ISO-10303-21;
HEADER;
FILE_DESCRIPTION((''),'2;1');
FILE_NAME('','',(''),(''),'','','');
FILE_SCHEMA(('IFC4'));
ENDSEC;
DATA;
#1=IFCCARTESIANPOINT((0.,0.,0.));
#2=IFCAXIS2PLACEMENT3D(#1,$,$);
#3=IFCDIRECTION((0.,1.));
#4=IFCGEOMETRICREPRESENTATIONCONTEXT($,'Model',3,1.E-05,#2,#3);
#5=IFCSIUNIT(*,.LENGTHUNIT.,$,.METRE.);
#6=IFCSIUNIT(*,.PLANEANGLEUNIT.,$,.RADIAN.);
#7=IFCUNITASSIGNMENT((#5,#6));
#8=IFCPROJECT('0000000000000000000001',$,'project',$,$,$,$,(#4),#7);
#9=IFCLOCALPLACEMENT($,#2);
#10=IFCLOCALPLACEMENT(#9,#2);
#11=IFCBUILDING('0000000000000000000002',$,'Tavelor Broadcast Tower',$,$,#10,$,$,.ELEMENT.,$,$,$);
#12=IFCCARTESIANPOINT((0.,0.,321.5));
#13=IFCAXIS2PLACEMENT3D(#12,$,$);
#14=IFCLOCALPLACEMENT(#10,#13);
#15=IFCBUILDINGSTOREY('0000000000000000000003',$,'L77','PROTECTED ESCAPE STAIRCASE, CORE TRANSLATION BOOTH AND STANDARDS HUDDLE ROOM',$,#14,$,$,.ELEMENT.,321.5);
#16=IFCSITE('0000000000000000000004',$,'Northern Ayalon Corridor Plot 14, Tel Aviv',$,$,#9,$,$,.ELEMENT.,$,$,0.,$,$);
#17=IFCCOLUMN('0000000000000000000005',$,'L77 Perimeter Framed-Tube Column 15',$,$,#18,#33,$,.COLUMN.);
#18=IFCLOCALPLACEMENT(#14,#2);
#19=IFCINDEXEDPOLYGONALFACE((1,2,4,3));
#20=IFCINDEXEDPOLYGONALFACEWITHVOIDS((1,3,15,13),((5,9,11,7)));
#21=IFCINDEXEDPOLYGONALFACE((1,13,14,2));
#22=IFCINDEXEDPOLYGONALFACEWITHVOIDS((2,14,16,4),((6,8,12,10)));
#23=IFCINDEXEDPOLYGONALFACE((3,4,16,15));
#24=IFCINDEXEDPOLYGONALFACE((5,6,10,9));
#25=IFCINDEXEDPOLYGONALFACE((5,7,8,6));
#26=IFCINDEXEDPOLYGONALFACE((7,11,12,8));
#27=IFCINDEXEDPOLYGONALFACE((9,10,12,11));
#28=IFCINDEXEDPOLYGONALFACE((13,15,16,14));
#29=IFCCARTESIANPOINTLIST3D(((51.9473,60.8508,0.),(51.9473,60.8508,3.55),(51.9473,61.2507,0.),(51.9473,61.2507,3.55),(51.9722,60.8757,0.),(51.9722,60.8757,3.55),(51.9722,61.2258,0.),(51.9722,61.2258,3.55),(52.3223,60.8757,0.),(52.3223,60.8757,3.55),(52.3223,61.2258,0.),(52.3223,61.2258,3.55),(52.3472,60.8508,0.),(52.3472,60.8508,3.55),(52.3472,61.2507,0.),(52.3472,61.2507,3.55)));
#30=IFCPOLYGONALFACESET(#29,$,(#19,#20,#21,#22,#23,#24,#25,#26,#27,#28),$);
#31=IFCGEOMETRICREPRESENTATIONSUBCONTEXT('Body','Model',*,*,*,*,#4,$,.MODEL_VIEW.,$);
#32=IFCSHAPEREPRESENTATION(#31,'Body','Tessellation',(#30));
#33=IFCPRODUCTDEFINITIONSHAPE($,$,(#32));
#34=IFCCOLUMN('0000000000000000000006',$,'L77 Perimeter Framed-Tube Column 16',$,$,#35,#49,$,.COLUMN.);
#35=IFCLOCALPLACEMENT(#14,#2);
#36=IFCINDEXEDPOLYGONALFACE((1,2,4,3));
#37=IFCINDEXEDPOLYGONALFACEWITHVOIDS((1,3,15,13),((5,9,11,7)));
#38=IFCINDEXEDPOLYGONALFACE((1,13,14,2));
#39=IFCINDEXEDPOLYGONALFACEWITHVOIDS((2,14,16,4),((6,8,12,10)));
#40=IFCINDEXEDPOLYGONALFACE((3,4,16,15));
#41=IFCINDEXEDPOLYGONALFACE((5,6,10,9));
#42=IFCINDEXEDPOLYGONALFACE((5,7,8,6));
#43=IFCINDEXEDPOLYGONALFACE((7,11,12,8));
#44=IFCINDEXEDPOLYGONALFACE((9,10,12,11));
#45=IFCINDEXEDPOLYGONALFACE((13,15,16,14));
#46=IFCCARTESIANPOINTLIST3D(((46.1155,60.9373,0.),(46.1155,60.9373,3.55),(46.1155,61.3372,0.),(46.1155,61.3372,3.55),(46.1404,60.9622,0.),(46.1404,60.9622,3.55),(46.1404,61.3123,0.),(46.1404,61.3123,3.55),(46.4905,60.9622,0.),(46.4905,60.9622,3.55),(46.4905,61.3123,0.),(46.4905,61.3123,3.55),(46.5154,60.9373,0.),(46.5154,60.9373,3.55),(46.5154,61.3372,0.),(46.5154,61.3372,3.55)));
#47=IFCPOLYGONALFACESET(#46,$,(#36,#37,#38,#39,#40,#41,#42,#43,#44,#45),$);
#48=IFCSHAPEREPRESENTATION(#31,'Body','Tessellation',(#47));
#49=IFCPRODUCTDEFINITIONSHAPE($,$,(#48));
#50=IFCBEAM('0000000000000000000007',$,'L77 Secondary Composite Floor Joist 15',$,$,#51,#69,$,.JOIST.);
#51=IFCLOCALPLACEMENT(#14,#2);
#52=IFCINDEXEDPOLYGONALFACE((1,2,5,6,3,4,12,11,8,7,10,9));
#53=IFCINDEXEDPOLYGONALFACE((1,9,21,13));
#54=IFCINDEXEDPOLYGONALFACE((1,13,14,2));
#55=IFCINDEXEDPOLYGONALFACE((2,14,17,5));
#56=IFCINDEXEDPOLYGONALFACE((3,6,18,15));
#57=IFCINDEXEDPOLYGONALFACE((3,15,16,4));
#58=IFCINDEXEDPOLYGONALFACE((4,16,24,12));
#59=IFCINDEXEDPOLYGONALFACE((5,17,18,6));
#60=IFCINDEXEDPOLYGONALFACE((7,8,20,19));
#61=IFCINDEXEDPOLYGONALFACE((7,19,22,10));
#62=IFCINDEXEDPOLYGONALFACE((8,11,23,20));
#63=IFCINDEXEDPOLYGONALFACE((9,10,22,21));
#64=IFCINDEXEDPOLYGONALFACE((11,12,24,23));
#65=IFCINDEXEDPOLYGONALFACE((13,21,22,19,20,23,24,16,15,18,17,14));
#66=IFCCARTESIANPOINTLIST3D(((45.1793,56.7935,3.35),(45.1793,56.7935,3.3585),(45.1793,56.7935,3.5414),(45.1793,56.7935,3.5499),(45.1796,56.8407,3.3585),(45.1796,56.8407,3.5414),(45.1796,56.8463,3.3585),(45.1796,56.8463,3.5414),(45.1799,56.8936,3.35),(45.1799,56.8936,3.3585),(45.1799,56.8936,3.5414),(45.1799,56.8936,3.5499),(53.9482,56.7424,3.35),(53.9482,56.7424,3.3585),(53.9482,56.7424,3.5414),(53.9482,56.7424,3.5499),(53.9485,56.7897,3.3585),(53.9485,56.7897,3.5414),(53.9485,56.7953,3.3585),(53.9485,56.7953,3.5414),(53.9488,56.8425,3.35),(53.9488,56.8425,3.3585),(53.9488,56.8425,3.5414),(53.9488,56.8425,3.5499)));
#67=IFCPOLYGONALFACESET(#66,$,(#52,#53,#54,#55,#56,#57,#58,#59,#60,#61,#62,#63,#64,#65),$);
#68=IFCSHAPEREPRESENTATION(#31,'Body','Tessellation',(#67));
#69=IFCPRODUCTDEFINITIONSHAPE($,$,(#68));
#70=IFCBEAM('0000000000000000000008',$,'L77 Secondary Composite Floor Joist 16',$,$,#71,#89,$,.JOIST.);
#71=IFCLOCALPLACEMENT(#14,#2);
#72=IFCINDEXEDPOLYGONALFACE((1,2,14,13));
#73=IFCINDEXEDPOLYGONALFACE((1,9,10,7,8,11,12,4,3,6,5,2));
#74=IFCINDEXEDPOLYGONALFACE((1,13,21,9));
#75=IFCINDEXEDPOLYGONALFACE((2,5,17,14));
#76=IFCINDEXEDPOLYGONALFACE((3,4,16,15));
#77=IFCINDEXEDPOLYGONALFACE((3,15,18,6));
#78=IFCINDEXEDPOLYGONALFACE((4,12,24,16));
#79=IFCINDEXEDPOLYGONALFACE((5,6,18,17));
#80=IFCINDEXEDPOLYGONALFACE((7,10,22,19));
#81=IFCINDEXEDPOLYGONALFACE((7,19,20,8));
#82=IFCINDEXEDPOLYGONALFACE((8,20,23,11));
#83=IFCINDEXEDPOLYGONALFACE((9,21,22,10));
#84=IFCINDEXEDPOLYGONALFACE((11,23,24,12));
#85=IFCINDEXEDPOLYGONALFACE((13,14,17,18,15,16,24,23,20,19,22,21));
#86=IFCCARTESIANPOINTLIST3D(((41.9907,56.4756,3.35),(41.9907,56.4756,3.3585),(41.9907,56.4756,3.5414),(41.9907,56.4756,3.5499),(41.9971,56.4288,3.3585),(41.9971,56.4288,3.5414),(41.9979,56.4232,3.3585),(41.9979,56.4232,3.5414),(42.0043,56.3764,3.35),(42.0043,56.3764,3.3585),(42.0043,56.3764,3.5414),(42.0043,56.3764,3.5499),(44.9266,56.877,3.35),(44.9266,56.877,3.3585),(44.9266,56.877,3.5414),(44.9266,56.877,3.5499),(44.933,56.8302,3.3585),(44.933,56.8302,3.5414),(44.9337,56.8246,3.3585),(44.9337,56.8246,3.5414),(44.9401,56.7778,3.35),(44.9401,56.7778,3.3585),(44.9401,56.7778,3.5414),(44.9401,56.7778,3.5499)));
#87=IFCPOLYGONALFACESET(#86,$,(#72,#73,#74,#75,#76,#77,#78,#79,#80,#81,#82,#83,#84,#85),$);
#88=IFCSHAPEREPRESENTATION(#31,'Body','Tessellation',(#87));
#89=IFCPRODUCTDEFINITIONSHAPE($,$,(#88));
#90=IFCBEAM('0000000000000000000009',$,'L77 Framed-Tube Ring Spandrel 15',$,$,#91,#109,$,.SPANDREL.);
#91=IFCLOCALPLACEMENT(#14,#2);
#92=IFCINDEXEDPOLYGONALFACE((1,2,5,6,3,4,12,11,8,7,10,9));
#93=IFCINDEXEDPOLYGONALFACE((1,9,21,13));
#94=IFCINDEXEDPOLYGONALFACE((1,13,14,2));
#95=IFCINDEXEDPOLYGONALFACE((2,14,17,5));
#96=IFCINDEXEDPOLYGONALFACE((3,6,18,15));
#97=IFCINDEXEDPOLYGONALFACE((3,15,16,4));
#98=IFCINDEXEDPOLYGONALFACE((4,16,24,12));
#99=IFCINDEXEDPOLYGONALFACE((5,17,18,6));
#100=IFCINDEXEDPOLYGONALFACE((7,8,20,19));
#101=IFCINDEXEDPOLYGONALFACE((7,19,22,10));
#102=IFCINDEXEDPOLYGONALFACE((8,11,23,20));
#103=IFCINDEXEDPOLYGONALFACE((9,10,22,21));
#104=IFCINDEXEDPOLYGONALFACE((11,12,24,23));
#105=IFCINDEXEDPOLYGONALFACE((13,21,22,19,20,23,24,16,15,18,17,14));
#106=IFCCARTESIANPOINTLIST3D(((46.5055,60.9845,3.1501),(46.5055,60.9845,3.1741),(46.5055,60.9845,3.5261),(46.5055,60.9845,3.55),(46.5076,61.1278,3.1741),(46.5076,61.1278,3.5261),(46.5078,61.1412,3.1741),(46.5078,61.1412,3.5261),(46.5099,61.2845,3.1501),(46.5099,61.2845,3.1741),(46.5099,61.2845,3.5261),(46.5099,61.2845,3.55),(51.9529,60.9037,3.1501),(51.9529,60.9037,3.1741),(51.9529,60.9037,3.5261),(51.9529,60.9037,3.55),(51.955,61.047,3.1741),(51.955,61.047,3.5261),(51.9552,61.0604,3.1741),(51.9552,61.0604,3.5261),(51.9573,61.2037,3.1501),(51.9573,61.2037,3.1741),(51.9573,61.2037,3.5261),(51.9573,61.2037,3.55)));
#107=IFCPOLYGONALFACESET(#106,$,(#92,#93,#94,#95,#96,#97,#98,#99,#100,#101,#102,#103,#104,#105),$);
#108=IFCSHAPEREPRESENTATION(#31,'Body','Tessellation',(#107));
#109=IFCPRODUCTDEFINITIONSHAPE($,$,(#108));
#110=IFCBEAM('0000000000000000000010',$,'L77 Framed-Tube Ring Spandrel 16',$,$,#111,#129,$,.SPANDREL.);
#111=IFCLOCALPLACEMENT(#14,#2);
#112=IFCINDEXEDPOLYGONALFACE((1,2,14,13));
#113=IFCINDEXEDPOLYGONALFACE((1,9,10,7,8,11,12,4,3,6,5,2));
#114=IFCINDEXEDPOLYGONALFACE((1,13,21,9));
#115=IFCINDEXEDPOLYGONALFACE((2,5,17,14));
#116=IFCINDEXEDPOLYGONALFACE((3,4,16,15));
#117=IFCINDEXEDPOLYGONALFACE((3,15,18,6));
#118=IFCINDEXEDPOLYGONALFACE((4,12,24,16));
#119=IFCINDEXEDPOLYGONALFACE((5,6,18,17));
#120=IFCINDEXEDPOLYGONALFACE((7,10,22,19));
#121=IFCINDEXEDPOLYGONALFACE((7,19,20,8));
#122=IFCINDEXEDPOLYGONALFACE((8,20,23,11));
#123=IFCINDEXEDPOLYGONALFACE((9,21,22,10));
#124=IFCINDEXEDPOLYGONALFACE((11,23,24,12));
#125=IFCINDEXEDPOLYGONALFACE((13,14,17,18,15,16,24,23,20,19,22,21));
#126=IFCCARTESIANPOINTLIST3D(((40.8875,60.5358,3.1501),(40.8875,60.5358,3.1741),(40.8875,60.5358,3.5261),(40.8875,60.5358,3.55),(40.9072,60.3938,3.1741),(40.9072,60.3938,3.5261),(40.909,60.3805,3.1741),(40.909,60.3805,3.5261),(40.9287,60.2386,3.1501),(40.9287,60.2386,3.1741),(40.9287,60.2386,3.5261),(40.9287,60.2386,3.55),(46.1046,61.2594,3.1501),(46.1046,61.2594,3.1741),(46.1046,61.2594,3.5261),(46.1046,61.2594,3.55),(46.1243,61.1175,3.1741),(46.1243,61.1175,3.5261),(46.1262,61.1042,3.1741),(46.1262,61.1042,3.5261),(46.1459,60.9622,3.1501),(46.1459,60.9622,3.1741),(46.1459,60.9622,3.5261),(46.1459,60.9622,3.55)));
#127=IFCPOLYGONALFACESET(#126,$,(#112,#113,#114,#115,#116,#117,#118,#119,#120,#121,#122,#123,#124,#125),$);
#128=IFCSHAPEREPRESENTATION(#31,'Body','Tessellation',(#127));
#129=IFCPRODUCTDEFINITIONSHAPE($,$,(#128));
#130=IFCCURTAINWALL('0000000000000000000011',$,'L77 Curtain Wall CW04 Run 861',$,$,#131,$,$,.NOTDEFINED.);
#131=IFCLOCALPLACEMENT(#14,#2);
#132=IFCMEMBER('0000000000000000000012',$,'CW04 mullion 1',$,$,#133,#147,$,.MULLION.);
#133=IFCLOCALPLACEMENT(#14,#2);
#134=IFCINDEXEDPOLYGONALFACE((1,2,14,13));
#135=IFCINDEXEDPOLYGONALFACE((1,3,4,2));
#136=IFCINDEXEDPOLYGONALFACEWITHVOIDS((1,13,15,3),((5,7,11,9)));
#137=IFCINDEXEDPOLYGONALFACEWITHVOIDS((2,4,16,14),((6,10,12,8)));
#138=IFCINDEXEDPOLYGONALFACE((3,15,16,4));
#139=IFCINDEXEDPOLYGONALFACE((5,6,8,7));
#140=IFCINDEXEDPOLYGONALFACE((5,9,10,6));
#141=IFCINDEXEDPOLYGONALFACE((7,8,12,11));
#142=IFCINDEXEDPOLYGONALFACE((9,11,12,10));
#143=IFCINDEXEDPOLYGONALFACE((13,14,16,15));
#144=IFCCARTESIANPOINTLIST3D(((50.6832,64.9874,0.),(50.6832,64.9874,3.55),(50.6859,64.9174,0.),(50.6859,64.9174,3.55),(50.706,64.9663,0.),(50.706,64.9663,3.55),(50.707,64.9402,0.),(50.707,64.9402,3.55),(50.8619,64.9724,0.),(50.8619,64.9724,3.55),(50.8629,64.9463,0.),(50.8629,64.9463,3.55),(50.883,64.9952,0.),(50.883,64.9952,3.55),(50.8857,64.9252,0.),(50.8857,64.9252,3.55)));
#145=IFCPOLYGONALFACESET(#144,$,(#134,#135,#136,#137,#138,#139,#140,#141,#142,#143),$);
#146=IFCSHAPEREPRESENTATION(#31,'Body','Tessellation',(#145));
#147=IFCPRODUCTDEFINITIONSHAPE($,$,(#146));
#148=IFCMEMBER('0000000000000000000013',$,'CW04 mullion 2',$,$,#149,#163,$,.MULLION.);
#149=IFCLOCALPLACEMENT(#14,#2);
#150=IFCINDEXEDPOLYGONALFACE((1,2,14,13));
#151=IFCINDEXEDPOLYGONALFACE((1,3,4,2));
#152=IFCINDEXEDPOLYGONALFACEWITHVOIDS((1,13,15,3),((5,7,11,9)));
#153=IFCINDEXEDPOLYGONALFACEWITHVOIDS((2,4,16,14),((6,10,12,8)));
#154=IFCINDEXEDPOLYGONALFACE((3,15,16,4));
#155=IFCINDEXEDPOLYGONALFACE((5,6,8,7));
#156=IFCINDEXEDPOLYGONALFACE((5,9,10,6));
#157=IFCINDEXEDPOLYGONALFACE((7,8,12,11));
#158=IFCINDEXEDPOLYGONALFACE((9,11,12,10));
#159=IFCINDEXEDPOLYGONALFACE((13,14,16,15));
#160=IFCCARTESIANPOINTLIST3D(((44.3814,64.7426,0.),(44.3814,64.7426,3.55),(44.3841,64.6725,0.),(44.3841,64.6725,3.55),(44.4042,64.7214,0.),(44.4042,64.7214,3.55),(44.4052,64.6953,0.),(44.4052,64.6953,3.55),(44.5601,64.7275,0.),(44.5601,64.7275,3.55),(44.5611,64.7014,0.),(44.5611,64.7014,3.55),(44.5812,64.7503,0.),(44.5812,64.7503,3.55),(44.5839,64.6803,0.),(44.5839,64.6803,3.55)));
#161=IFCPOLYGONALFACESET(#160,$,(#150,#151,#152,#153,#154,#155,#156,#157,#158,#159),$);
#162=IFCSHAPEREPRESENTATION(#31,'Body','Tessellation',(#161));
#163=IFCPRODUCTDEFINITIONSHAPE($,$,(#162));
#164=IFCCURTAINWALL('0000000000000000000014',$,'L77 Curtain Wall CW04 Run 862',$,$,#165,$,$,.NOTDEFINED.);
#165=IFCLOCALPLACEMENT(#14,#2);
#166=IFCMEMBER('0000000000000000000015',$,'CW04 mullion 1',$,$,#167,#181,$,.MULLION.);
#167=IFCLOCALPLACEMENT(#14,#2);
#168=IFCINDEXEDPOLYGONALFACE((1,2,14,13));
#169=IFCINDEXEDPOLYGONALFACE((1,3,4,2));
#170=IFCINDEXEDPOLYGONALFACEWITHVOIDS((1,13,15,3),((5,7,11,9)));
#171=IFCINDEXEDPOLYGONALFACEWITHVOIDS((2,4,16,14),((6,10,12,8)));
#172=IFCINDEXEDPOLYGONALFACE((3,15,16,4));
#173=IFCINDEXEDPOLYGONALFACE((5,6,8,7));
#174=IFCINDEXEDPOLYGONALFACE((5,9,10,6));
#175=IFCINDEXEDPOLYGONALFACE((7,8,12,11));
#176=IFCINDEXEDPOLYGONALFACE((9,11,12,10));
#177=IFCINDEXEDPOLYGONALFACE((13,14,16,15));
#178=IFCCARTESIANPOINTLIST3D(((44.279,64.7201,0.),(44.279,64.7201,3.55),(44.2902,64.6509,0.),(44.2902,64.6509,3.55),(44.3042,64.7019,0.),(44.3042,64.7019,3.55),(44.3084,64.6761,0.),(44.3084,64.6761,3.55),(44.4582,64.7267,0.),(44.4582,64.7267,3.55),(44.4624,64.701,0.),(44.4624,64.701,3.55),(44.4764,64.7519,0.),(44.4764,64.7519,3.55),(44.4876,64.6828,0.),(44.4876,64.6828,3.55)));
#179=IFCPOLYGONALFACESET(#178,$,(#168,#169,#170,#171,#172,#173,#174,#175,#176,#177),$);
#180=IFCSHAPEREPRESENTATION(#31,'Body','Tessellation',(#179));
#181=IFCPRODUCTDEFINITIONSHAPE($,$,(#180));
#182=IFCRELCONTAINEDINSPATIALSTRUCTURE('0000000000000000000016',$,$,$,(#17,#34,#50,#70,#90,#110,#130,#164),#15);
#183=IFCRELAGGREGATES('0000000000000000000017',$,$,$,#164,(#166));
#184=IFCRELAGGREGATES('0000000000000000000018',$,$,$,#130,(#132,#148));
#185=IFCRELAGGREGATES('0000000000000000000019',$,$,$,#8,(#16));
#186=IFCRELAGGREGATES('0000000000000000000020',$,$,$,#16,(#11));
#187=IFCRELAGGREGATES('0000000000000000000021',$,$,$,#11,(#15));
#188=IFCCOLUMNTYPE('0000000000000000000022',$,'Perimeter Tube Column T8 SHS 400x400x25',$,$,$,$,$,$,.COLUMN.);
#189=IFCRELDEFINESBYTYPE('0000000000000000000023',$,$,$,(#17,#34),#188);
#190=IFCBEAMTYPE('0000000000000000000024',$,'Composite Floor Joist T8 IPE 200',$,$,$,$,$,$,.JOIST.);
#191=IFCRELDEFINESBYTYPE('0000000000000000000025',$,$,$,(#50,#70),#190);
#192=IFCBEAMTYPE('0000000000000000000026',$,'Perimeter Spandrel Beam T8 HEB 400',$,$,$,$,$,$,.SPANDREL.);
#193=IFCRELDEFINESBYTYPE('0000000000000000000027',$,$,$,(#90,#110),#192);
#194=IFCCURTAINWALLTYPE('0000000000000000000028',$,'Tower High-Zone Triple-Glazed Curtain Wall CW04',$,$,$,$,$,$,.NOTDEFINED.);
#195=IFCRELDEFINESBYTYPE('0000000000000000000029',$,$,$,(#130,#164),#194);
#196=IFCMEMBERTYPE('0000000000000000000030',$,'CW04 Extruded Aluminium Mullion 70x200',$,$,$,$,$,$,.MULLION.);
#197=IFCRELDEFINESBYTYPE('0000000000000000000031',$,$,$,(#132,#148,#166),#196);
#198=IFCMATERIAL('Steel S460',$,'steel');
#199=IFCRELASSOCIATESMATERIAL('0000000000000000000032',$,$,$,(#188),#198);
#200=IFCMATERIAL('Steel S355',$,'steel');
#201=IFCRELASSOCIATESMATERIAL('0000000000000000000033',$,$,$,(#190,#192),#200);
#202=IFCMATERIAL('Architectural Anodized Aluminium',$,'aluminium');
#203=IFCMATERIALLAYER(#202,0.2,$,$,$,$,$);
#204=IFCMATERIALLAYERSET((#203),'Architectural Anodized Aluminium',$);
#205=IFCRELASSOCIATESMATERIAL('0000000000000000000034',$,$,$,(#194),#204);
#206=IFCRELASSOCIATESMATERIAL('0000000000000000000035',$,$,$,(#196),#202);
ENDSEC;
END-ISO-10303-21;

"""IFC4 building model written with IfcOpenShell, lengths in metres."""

from ifc_helpers import new_model, si_unit, direction, frame, origin, origin_2d, place, context, subcontext, project, spatial, hollow_rectangle, i_section, extrude, source, transform, mapped, material, layer, layer_set, material_profile, profile_set, type_object, type_shapes, element, aggregate, save


model = new_model("IFC4")

# Units and contexts
model_context = context("Model", 3, precision=1e-05, world=origin(), true_north=direction((0.0, 1.0)))
body_context = subcontext(model_context, "Body", "Model", "MODEL_VIEW")
ifc_project = project(units=[si_unit("LENGTHUNIT", "METRE"), si_unit("PLANEANGLEUNIT", "RADIAN")], contexts=[model_context])

# Site, building, storey
site_placement = place(None, origin())
site = spatial("IfcSite", under=ifc_project, at=site_placement, Name="Northern Ayalon Corridor Plot 14, Tel Aviv", CompositionType="ELEMENT", RefElevation=0.0)
building_placement = place(site_placement, origin())
building = spatial("IfcBuilding", under=site, at=building_placement, Name="Tavelor Broadcast Tower", CompositionType="ELEMENT")
storey_placement = place(building_placement, frame((0.0, 0.0, 321.5)))
storey = spatial("IfcBuildingStorey", under=building, at=storey_placement, Name="L77", Description="PROTECTED ESCAPE STAIRCASE, CORE TRANSLATION BOOTH AND STANDARDS HUDDLE ROOM", CompositionType="ELEMENT", Elevation=321.5)

# Columns
ifc_material_1 = material(Name="Steel S460", Category="steel")
ifc_material_profile_1 = material_profile(ifc_material_1, hollow_rectangle(XDim=0.3999, YDim=0.3999, WallThickness=0.0249, at=origin_2d()), Name="SHS 400x400x25")
ifc_profile_set_1 = profile_set([ifc_material_profile_1], Name="Steel S460")
column_type = type_object("IfcColumnType", Name="Perimeter Tube Column T8 SHS 400x400x25", PredefinedType="COLUMN", material=ifc_profile_set_1)
for number, where, z_axis, x_axis, name in (
    (1, (52.1472, 61.0508, 0.0), (0.0, 0.0, 1.0), (1.0, 0.0, 0.0), "L77 Perimeter Framed-Tube Column 15"),
    (2, (46.3154, 61.1372, 0.0), (0.0, 0.0, 1.0), (1.0, 0.0, 0.0), "L77 Perimeter Framed-Tube Column 16"),
):
    element("IfcColumn", number, at=place(storey_placement, frame(where, z_axis=z_axis, x_axis=x_axis)), inside=storey, type_object=column_type, Name=name, PredefinedType="COLUMN", context=body_context, shape_type="SweptSolid", body=[
        extrude(hollow_rectangle(XDim=0.3999, YDim=0.3999, WallThickness=0.0249, at=origin_2d()), origin(), (0.0, 0.0, 1.0), 3.55),
    ])

# Beams
ifc_material_2 = material(Name="Steel S355", Category="steel")
ifc_material_profile_2 = material_profile(ifc_material_2, i_section(OverallWidth=0.1001, OverallDepth=0.2, WebThickness=0.0056, FlangeThickness=0.0085, at=origin_2d()), Name="IPE 200")
ifc_profile_set_2 = profile_set([ifc_material_profile_2], Name="Steel S355")
beam_type_1 = type_object("IfcBeamType", Name="Composite Floor Joist T8 IPE 200", PredefinedType="JOIST", material=ifc_profile_set_2)
beam_1_placement = place(storey_placement, frame((53.9485, 56.7925, 3.45), z_axis=(-0.999983, 0.005819, 0.0), x_axis=(-0.005819, -0.999983, 0.0)))
element("IfcBeam", 3, at=beam_1_placement, inside=storey, type_object=beam_type_1, Name="L77 Secondary Composite Floor Joist 15", PredefinedType="JOIST", context=body_context, shape_type="SweptSolid", body=[
    extrude(i_section(OverallWidth=0.1001, OverallDepth=0.2, WebThickness=0.0056, FlangeThickness=0.0085, at=origin_2d()), origin(), (0.0, 0.0, 1.0), 8.769),
])
beam_2_placement = place(storey_placement, frame((44.9333, 56.8274, 3.45), z_axis=(-0.990783, -0.135455, 0.0), x_axis=(0.135455, -0.990783, 0.0)))
element("IfcBeam", 4, at=beam_2_placement, inside=storey, type_object=beam_type_1, Name="L77 Secondary Composite Floor Joist 16", PredefinedType="JOIST", context=body_context, shape_type="SweptSolid", body=[
    extrude(i_section(OverallWidth=0.1001, OverallDepth=0.2, WebThickness=0.0056, FlangeThickness=0.0085, at=origin_2d()), origin(), (0.0, 0.0, 1.0), 2.9631),
])
ifc_material_profile_3 = material_profile(ifc_material_2, i_section(OverallWidth=0.3, OverallDepth=0.3999, WebThickness=0.0134, FlangeThickness=0.0239, at=origin_2d()), Name="HEB 400")
ifc_profile_set_3 = profile_set([ifc_material_profile_3], Name="Steel S355")
beam_type_2 = type_object("IfcBeamType", Name="Perimeter Spandrel Beam T8 HEB 400", PredefinedType="SPANDREL", material=ifc_profile_set_3)
beam_3_placement = place(storey_placement, frame((51.9551, 61.0537, 3.3501), z_axis=(-0.99989, 0.014833, 0.0), x_axis=(-0.014833, -0.99989, 0.0)))
element("IfcBeam", 5, at=beam_3_placement, inside=storey, type_object=beam_type_2, Name="L77 Framed-Tube Ring Spandrel 15", PredefinedType="SPANDREL", context=body_context, shape_type="SweptSolid", body=[
    extrude(i_section(OverallWidth=0.3, OverallDepth=0.3999, WebThickness=0.0134, FlangeThickness=0.0239, at=origin_2d()), origin(), (0.0, 0.0, 1.0), 5.448),
])
beam_4_placement = place(storey_placement, frame((46.1252, 61.1108, 3.3501), z_axis=(-0.990517, -0.13739, 0.0), x_axis=(0.13739, -0.990517, 0.0)))
element("IfcBeam", 6, at=beam_4_placement, inside=storey, type_object=beam_type_2, Name="L77 Framed-Tube Ring Spandrel 16", PredefinedType="SPANDREL", context=body_context, shape_type="SweptSolid", body=[
    extrude(i_section(OverallWidth=0.3, OverallDepth=0.3999, WebThickness=0.0134, FlangeThickness=0.0239, at=origin_2d()), origin(), (0.0, 0.0, 1.0), 5.2671),
])

# Curtain wall, members
ifc_material_3 = material(Name="Architectural Anodized Aluminium", Category="aluminium")
ifc_layer_1 = layer(ifc_material_3, 0.2)
ifc_layer_set_1 = layer_set([ifc_layer_1], Name="Architectural Anodized Aluminium")
curtain_wall_type = type_object("IfcCurtainWallType", Name="Tower High-Zone Triple-Glazed Curtain Wall CW04", PredefinedType="NOTDEFINED", material=ifc_layer_set_1)
curtain_wall_1_placement = place(storey_placement, origin())
curtain_wall_1 = element("IfcCurtainWall", 7, at=curtain_wall_1_placement, inside=storey, type_object=curtain_wall_type, Name="L77 Curtain Wall CW04 Run 861", PredefinedType="NOTDEFINED")
ifc_material_profile_4 = material_profile(ifc_material_3, hollow_rectangle(XDim=0.0701, YDim=0.2, WallThickness=0.022, at=origin_2d()), Name="RHS 70x200x22")
ifc_profile_set_4 = profile_set([ifc_material_profile_4], Name="Architectural Anodized Aluminium")
member_type_1 = type_object("IfcMemberType", Name="CW04 Extruded Aluminium Mullion 70x200", PredefinedType="MULLION", material=ifc_profile_set_4)
shared_shape_1 = source(origin(), body_context, "Body", "SweptSolid", [
    extrude(hollow_rectangle(XDim=0.0701, YDim=0.2, WallThickness=0.022, at=origin_2d()), origin(), (0.0, 0.0, 1.0), 3.55),
])
type_shapes(member_type_1, [shared_shape_1])
member_1_placement = place(storey_placement, frame((50.7844, 64.9563, 0.0), z_axis=(0.0, 0.0, 1.0), x_axis=(0.038831, -0.999246, 0.0)))
member_1 = element("IfcMember", 8, at=member_1_placement, type_object=member_type_1, Name="CW04 mullion 1", PredefinedType="MULLION", context=body_context, shape_type="MappedRepresentation", body=[
    mapped(shared_shape_1, transform((0.0, 0.0, 0.0), scale=1.0)),
])
member_2_placement = place(storey_placement, frame((44.4827, 64.7114, 0.0), z_axis=(0.0, 0.0, 1.0), x_axis=(0.038831, -0.999246, 0.0)))
member_2 = element("IfcMember", 9, at=member_2_placement, type_object=member_type_1, Name="CW04 mullion 2", PredefinedType="MULLION", context=body_context, shape_type="MappedRepresentation", body=[
    mapped(shared_shape_1, transform((0.0, 0.0, 0.0), scale=1.0)),
])

# Curtain wall, member
curtain_wall_2_placement = place(storey_placement, origin())
curtain_wall_2 = element("IfcCurtainWall", 10, at=curtain_wall_2_placement, inside=storey, type_object=curtain_wall_type, Name="L77 Curtain Wall CW04 Run 862", PredefinedType="NOTDEFINED")
member_3_placement = place(storey_placement, frame((44.3833, 64.7014, 0.0), z_axis=(0.0, 0.0, 1.0), x_axis=(0.159446, -0.987207, 0.0)))
member_3 = element("IfcMember", 11, at=member_3_placement, type_object=member_type_1, Name="CW04 mullion 1", PredefinedType="MULLION", context=body_context, shape_type="MappedRepresentation", body=[
    mapped(shared_shape_1, transform((0.0, 0.0, 0.0), scale=1.0)),
])

aggregate(curtain_wall_2, [member_3])

aggregate(curtain_wall_1, [member_1, member_2])

save(model, "model.ifc")
